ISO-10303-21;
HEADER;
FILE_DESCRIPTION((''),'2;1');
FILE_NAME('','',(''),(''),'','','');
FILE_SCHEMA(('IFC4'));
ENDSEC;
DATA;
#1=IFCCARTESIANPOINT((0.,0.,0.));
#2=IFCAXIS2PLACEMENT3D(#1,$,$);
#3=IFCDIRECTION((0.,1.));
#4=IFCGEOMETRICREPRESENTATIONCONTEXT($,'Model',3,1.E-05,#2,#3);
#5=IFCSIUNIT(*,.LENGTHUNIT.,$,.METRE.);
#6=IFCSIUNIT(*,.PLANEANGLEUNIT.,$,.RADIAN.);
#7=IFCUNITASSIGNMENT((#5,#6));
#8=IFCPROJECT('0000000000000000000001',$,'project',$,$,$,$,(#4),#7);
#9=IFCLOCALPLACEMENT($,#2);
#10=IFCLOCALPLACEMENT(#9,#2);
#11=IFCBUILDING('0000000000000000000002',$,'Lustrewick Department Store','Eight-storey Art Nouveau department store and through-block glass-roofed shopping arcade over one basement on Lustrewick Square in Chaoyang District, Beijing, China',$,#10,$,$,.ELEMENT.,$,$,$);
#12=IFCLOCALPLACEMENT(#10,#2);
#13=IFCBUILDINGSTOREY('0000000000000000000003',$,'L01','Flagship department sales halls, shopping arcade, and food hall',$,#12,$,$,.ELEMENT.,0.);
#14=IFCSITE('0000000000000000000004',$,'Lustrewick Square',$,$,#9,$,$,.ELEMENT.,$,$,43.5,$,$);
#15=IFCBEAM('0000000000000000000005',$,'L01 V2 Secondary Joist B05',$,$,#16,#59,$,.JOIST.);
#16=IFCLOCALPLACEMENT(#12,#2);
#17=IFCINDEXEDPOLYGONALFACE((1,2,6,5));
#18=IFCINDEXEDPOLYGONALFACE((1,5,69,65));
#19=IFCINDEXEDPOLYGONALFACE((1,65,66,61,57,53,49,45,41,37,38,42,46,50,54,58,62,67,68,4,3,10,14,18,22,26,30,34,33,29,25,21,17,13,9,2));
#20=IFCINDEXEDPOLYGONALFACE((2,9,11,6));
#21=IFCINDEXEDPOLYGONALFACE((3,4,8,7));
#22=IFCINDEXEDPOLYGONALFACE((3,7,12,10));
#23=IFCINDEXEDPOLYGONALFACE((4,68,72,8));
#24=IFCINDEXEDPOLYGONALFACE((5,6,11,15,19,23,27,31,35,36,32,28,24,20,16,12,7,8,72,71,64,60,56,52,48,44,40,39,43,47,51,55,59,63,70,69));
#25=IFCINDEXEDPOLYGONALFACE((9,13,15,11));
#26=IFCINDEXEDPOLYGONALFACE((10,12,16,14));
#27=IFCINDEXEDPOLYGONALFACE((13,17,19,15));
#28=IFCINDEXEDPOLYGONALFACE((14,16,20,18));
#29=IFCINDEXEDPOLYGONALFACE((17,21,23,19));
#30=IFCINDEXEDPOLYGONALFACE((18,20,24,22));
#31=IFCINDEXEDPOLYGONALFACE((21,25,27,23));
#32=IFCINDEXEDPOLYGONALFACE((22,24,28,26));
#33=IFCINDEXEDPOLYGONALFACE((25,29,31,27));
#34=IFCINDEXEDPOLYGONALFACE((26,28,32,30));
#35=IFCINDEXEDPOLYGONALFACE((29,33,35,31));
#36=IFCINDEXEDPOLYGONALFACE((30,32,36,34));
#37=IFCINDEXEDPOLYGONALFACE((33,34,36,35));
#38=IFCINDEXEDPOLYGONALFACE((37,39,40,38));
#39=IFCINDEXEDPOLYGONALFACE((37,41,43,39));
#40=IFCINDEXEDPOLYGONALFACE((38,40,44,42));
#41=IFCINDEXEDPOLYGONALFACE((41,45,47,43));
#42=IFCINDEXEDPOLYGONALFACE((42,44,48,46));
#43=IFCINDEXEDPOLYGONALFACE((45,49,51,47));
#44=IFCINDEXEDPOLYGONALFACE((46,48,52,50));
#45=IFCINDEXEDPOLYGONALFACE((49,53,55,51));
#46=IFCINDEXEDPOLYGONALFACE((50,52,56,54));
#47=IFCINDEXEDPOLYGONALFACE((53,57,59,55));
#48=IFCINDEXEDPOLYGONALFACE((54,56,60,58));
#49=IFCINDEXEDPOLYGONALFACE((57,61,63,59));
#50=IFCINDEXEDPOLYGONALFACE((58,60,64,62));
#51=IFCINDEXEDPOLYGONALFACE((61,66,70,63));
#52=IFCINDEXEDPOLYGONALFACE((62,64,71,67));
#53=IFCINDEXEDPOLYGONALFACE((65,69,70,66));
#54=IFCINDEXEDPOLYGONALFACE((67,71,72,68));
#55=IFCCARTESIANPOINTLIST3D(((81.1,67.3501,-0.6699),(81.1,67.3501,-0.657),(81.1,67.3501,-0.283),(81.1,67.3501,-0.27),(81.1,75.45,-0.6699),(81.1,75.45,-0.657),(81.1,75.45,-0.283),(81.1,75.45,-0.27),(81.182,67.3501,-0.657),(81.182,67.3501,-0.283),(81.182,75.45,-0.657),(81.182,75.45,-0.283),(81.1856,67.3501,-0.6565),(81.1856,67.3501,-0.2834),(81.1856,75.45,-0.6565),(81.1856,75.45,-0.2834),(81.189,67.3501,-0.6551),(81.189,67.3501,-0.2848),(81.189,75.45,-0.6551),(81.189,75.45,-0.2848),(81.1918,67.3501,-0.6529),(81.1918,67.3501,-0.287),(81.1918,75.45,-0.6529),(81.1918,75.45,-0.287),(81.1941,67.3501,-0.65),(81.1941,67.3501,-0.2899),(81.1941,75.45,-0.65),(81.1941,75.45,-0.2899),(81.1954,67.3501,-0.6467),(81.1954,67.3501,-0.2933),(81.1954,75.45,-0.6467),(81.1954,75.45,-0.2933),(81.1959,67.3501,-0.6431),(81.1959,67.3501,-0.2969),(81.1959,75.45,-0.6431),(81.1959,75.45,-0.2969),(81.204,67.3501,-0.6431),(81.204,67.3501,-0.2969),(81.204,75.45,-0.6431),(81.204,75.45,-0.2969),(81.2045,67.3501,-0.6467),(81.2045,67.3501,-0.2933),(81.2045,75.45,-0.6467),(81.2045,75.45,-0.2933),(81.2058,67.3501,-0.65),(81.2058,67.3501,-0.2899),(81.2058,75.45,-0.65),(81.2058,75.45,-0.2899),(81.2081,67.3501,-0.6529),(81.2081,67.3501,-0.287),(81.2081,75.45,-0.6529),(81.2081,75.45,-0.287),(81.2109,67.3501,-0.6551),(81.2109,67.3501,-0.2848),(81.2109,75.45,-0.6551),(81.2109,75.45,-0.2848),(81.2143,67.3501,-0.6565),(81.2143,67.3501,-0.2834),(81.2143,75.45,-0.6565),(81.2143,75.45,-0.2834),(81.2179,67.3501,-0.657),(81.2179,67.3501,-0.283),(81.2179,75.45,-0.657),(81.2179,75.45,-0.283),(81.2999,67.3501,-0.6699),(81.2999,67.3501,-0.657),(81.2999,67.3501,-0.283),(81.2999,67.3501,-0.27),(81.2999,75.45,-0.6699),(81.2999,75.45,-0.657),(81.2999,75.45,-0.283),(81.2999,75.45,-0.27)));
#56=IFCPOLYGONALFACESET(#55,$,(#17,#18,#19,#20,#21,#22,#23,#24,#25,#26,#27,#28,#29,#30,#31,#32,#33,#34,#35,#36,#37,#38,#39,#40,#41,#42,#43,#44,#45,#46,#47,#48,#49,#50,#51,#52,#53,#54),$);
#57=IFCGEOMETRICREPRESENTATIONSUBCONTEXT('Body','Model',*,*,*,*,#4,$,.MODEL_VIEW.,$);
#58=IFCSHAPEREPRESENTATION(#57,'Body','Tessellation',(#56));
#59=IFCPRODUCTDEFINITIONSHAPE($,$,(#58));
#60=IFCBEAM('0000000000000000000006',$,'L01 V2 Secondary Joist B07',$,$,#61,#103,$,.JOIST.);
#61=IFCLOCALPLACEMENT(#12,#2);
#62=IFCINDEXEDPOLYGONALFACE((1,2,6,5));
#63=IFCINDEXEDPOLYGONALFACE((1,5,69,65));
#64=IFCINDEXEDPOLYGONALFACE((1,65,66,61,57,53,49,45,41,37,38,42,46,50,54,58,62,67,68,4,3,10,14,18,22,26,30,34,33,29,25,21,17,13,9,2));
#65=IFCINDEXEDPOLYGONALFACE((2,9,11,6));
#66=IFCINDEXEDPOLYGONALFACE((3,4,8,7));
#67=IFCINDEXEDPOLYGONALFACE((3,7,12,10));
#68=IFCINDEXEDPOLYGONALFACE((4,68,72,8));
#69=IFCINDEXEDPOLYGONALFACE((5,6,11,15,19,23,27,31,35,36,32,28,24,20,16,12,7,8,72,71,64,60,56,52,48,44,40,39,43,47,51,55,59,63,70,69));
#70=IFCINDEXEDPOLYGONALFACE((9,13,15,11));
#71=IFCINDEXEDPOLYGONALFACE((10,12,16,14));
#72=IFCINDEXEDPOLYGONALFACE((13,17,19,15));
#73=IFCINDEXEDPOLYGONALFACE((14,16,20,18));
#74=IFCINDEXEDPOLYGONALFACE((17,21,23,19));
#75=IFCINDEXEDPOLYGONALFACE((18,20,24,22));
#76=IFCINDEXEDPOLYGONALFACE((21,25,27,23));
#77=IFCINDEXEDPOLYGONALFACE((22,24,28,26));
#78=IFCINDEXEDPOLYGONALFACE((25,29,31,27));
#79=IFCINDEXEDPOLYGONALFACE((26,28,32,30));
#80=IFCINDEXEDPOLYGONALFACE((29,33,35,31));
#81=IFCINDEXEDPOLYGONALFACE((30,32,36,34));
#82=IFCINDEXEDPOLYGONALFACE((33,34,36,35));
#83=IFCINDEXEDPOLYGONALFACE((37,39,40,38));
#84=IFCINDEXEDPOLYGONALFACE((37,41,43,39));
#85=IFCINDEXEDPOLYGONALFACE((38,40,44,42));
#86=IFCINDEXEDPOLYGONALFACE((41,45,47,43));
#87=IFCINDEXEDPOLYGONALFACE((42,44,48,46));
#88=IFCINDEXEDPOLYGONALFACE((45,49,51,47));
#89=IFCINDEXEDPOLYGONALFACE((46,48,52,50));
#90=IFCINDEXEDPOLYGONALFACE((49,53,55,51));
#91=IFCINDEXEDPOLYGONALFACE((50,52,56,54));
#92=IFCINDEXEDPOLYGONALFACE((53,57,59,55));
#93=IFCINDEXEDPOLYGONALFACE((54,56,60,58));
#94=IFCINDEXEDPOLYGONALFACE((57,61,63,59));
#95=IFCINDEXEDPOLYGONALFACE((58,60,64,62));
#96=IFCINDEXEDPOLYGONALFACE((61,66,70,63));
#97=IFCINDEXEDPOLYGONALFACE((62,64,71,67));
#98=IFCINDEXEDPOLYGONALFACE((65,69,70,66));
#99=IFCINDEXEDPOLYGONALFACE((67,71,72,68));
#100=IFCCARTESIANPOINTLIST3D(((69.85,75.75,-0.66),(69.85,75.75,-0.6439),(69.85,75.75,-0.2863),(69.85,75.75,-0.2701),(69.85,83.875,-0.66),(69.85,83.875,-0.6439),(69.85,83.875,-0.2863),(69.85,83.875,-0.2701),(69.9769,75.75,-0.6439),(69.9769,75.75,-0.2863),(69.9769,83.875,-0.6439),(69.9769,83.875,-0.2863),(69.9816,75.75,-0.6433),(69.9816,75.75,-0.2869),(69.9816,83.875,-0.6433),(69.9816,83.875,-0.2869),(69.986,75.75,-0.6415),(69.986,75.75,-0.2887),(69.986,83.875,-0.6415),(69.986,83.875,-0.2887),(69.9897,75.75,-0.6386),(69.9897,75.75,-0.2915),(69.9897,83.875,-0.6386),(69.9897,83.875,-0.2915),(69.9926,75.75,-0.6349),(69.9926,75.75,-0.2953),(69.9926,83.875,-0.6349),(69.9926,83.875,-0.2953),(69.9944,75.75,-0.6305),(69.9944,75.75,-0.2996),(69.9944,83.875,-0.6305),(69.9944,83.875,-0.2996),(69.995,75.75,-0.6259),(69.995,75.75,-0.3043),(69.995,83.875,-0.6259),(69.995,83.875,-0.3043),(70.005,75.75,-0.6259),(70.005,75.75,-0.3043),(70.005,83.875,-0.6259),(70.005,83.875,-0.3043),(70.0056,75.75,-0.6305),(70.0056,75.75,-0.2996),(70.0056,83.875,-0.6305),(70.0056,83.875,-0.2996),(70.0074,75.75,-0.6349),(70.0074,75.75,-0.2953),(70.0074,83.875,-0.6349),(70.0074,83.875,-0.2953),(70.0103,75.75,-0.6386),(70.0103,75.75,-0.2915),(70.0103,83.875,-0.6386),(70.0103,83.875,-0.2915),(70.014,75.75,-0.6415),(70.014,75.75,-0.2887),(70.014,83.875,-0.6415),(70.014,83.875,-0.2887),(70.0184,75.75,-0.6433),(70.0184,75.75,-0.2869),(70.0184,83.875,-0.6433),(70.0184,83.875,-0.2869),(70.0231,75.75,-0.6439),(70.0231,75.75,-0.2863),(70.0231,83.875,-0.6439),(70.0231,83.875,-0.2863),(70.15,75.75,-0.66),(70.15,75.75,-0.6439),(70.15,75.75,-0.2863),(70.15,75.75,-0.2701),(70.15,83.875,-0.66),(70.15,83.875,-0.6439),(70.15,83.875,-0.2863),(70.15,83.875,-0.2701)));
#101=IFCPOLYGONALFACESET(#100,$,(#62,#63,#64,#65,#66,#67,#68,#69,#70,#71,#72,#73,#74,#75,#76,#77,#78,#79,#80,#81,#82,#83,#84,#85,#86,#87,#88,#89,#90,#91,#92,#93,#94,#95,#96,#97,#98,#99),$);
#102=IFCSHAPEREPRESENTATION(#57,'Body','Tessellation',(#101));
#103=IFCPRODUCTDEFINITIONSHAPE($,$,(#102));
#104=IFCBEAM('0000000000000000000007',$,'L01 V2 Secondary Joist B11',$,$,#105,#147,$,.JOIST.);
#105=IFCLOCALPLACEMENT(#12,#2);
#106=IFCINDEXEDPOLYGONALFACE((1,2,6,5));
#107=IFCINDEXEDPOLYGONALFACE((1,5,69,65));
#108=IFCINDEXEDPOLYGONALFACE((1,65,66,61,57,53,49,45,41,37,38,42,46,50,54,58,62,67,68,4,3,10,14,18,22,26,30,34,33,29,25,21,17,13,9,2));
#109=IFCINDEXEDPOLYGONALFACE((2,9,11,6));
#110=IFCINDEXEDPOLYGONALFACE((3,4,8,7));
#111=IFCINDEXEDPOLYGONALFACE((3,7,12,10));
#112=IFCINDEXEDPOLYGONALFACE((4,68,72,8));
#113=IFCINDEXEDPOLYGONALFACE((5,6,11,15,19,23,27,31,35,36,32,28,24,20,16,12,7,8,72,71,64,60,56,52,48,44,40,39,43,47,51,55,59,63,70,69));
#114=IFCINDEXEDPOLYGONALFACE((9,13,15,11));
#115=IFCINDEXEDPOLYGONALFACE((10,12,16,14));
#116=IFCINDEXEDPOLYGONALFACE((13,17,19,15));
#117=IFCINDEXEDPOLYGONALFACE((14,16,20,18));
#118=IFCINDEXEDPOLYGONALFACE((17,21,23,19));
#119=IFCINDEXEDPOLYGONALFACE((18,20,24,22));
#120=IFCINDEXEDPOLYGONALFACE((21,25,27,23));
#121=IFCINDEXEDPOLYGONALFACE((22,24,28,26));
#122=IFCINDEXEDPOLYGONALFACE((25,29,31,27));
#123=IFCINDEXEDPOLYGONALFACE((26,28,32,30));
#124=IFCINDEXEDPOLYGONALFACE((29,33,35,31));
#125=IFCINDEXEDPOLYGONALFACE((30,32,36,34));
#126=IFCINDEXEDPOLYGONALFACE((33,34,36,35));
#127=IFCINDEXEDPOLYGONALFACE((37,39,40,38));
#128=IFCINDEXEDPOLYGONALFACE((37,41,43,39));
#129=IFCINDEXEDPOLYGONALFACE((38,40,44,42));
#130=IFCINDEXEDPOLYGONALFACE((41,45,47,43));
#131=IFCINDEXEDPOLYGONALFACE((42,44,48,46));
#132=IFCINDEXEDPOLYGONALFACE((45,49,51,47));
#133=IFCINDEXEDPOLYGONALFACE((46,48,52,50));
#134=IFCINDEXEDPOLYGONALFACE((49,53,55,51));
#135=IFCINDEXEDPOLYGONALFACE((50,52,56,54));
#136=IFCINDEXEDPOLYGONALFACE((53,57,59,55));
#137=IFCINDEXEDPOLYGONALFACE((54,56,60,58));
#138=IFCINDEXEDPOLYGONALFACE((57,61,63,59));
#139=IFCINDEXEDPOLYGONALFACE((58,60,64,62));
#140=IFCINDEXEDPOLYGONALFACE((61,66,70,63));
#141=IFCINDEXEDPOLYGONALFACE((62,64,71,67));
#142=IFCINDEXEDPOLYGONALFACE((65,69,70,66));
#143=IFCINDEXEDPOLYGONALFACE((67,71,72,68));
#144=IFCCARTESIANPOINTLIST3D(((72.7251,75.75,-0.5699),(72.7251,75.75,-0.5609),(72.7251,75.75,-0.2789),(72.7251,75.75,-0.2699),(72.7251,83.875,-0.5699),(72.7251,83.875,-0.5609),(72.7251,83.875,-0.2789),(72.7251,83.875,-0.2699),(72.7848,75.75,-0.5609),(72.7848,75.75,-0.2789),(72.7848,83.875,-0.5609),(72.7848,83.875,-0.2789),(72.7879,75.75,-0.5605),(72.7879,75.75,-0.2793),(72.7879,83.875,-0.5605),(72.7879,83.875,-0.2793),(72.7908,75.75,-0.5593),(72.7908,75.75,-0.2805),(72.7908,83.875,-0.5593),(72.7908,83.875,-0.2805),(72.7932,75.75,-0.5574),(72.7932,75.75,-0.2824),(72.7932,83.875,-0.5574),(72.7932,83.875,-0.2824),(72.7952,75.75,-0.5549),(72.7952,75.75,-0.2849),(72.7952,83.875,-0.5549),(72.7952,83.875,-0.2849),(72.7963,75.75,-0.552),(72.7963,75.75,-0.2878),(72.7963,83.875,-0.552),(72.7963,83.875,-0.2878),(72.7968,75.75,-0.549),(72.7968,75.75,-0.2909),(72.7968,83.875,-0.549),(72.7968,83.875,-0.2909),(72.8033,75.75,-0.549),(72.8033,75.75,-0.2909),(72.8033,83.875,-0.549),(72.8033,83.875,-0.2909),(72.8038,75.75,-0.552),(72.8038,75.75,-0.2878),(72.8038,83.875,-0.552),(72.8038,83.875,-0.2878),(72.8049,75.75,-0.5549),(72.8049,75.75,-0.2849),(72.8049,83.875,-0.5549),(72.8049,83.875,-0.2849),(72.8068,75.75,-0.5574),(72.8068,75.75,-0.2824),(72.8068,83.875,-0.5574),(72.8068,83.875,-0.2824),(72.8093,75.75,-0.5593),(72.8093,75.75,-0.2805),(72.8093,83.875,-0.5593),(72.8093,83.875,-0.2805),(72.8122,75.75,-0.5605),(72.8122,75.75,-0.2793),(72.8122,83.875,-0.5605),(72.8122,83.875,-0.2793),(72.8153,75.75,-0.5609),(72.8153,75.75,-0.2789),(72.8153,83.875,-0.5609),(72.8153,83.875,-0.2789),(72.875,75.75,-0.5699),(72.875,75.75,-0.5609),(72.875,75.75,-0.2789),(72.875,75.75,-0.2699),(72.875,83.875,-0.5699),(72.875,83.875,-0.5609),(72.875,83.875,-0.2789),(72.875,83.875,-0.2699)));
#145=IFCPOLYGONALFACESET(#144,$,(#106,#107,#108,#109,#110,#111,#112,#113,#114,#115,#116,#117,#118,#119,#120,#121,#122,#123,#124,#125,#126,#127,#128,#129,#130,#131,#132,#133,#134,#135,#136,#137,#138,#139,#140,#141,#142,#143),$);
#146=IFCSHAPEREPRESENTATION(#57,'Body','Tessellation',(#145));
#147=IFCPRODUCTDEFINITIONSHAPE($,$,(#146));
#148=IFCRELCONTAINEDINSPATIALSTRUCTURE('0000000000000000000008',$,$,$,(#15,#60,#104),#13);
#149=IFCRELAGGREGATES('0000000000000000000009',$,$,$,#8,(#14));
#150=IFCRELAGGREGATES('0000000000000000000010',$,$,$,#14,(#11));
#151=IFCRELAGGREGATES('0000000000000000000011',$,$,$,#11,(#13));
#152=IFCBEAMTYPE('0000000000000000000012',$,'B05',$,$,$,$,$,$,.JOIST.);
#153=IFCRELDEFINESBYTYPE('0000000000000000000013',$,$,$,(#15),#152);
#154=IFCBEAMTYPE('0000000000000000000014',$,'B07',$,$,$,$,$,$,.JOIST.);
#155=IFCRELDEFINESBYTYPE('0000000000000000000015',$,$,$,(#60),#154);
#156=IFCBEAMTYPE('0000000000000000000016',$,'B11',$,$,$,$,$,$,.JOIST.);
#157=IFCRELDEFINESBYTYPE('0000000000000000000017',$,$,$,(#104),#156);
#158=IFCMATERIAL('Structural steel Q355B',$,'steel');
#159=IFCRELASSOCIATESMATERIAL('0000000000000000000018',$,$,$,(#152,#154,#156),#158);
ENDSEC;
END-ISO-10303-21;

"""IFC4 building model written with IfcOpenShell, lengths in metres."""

from ifc_helpers import new_model, si_unit, direction, frame, origin, origin_2d, place, context, subcontext, project, spatial, i_section, extrude, material, material_profile, profile_set, type_object, element, save


model = new_model("IFC4")

# Units and contexts
model_context = context("Model", 3, precision=1e-05, world=origin(), true_north=direction((0.0, 1.0)))
body_context = subcontext(model_context, "Body", "Model", "MODEL_VIEW")
ifc_project = project(units=[si_unit("LENGTHUNIT", "METRE"), si_unit("PLANEANGLEUNIT", "RADIAN")], contexts=[model_context])

# Site, building, storey
site_placement = place(None, origin())
site = spatial("IfcSite", under=ifc_project, at=site_placement, Name="Lustrewick Square", CompositionType="ELEMENT", RefElevation=43.5)
building_placement = place(site_placement, origin())
building = spatial("IfcBuilding", under=site, at=building_placement, Name="Lustrewick Department Store", Description="Eight-storey Art Nouveau department store and through-block glass-roofed shopping arcade over one basement on Lustrewick Square in Chaoyang District, Beijing, China", CompositionType="ELEMENT")
storey_placement = place(building_placement, origin())
storey = spatial("IfcBuildingStorey", under=building, at=storey_placement, Name="L01", Description="Flagship department sales halls, shopping arcade, and food hall", CompositionType="ELEMENT", Elevation=0.0)

# Shared definitions
ifc_material_1 = material(Name="Structural steel Q355B", Category="steel")

# Beams
ifc_material_profile_1 = material_profile(ifc_material_1, i_section(OverallWidth=0.2, OverallDepth=0.3999, WebThickness=0.0081, FlangeThickness=0.0129, FilletRadius=0.0139, at=origin_2d()), Name="HN 400x200x8x13")
ifc_profile_set_1 = profile_set([ifc_material_profile_1], Name="Structural steel Q355B")
beam_type_1 = type_object("IfcBeamType", Name="B05", PredefinedType="JOIST", material=ifc_profile_set_1)
beam_1_placement = place(storey_placement, frame((81.2, 67.3501, -0.47), z_axis=(0.0, 1.0, 0.0), x_axis=(-1.0, 0.0, 0.0)))
element("IfcBeam", 1, at=beam_1_placement, inside=storey, type_object=beam_type_1, Name="L01 V2 Secondary Joist B05", PredefinedType="JOIST", context=body_context, shape_type="SweptSolid", body=[
    extrude(i_section(OverallWidth=0.2, OverallDepth=0.3999, WebThickness=0.0081, FlangeThickness=0.0129, FilletRadius=0.0139, at=origin_2d()), origin(), (0.0, 0.0, 1.0), 8.0999),
])
ifc_material_profile_2 = material_profile(ifc_material_1, i_section(OverallWidth=0.3, OverallDepth=0.3899, WebThickness=0.01, FlangeThickness=0.0161, FilletRadius=0.0181, at=origin_2d()), Name="HM 390x300x10x16")
ifc_profile_set_2 = profile_set([ifc_material_profile_2], Name="Structural steel Q355B")
beam_type_2 = type_object("IfcBeamType", Name="B07", PredefinedType="JOIST", material=ifc_profile_set_2)
beam_2_placement = place(storey_placement, frame((70.0, 75.75, -0.4651), z_axis=(0.0, 1.0, 0.0), x_axis=(-1.0, 0.0, 0.0)))
element("IfcBeam", 2, at=beam_2_placement, inside=storey, type_object=beam_type_2, Name="L01 V2 Secondary Joist B07", PredefinedType="JOIST", context=body_context, shape_type="SweptSolid", body=[
    extrude(i_section(OverallWidth=0.3, OverallDepth=0.3899, WebThickness=0.01, FlangeThickness=0.0161, FilletRadius=0.0181, at=origin_2d()), origin(), (0.0, 0.0, 1.0), 8.125),
])
ifc_material_profile_3 = material_profile(ifc_material_1, i_section(OverallWidth=0.1499, OverallDepth=0.3, WebThickness=0.0066, FlangeThickness=0.009, FilletRadius=0.012, at=origin_2d()), Name="HN 300x150x6.5x9")
ifc_profile_set_3 = profile_set([ifc_material_profile_3], Name="Structural steel Q355B")
beam_type_3 = type_object("IfcBeamType", Name="B11", PredefinedType="JOIST", material=ifc_profile_set_3)
beam_3_placement = place(storey_placement, frame((72.8, 75.75, -0.4199), z_axis=(0.0, 1.0, 0.0), x_axis=(-1.0, 0.0, 0.0)))
element("IfcBeam", 3, at=beam_3_placement, inside=storey, type_object=beam_type_3, Name="L01 V2 Secondary Joist B11", PredefinedType="JOIST", context=body_context, shape_type="SweptSolid", body=[
    extrude(i_section(OverallWidth=0.1499, OverallDepth=0.3, WebThickness=0.0066, FlangeThickness=0.009, FilletRadius=0.012, at=origin_2d()), origin(), (0.0, 0.0, 1.0), 8.125),
])

save(model, "model.ifc")
